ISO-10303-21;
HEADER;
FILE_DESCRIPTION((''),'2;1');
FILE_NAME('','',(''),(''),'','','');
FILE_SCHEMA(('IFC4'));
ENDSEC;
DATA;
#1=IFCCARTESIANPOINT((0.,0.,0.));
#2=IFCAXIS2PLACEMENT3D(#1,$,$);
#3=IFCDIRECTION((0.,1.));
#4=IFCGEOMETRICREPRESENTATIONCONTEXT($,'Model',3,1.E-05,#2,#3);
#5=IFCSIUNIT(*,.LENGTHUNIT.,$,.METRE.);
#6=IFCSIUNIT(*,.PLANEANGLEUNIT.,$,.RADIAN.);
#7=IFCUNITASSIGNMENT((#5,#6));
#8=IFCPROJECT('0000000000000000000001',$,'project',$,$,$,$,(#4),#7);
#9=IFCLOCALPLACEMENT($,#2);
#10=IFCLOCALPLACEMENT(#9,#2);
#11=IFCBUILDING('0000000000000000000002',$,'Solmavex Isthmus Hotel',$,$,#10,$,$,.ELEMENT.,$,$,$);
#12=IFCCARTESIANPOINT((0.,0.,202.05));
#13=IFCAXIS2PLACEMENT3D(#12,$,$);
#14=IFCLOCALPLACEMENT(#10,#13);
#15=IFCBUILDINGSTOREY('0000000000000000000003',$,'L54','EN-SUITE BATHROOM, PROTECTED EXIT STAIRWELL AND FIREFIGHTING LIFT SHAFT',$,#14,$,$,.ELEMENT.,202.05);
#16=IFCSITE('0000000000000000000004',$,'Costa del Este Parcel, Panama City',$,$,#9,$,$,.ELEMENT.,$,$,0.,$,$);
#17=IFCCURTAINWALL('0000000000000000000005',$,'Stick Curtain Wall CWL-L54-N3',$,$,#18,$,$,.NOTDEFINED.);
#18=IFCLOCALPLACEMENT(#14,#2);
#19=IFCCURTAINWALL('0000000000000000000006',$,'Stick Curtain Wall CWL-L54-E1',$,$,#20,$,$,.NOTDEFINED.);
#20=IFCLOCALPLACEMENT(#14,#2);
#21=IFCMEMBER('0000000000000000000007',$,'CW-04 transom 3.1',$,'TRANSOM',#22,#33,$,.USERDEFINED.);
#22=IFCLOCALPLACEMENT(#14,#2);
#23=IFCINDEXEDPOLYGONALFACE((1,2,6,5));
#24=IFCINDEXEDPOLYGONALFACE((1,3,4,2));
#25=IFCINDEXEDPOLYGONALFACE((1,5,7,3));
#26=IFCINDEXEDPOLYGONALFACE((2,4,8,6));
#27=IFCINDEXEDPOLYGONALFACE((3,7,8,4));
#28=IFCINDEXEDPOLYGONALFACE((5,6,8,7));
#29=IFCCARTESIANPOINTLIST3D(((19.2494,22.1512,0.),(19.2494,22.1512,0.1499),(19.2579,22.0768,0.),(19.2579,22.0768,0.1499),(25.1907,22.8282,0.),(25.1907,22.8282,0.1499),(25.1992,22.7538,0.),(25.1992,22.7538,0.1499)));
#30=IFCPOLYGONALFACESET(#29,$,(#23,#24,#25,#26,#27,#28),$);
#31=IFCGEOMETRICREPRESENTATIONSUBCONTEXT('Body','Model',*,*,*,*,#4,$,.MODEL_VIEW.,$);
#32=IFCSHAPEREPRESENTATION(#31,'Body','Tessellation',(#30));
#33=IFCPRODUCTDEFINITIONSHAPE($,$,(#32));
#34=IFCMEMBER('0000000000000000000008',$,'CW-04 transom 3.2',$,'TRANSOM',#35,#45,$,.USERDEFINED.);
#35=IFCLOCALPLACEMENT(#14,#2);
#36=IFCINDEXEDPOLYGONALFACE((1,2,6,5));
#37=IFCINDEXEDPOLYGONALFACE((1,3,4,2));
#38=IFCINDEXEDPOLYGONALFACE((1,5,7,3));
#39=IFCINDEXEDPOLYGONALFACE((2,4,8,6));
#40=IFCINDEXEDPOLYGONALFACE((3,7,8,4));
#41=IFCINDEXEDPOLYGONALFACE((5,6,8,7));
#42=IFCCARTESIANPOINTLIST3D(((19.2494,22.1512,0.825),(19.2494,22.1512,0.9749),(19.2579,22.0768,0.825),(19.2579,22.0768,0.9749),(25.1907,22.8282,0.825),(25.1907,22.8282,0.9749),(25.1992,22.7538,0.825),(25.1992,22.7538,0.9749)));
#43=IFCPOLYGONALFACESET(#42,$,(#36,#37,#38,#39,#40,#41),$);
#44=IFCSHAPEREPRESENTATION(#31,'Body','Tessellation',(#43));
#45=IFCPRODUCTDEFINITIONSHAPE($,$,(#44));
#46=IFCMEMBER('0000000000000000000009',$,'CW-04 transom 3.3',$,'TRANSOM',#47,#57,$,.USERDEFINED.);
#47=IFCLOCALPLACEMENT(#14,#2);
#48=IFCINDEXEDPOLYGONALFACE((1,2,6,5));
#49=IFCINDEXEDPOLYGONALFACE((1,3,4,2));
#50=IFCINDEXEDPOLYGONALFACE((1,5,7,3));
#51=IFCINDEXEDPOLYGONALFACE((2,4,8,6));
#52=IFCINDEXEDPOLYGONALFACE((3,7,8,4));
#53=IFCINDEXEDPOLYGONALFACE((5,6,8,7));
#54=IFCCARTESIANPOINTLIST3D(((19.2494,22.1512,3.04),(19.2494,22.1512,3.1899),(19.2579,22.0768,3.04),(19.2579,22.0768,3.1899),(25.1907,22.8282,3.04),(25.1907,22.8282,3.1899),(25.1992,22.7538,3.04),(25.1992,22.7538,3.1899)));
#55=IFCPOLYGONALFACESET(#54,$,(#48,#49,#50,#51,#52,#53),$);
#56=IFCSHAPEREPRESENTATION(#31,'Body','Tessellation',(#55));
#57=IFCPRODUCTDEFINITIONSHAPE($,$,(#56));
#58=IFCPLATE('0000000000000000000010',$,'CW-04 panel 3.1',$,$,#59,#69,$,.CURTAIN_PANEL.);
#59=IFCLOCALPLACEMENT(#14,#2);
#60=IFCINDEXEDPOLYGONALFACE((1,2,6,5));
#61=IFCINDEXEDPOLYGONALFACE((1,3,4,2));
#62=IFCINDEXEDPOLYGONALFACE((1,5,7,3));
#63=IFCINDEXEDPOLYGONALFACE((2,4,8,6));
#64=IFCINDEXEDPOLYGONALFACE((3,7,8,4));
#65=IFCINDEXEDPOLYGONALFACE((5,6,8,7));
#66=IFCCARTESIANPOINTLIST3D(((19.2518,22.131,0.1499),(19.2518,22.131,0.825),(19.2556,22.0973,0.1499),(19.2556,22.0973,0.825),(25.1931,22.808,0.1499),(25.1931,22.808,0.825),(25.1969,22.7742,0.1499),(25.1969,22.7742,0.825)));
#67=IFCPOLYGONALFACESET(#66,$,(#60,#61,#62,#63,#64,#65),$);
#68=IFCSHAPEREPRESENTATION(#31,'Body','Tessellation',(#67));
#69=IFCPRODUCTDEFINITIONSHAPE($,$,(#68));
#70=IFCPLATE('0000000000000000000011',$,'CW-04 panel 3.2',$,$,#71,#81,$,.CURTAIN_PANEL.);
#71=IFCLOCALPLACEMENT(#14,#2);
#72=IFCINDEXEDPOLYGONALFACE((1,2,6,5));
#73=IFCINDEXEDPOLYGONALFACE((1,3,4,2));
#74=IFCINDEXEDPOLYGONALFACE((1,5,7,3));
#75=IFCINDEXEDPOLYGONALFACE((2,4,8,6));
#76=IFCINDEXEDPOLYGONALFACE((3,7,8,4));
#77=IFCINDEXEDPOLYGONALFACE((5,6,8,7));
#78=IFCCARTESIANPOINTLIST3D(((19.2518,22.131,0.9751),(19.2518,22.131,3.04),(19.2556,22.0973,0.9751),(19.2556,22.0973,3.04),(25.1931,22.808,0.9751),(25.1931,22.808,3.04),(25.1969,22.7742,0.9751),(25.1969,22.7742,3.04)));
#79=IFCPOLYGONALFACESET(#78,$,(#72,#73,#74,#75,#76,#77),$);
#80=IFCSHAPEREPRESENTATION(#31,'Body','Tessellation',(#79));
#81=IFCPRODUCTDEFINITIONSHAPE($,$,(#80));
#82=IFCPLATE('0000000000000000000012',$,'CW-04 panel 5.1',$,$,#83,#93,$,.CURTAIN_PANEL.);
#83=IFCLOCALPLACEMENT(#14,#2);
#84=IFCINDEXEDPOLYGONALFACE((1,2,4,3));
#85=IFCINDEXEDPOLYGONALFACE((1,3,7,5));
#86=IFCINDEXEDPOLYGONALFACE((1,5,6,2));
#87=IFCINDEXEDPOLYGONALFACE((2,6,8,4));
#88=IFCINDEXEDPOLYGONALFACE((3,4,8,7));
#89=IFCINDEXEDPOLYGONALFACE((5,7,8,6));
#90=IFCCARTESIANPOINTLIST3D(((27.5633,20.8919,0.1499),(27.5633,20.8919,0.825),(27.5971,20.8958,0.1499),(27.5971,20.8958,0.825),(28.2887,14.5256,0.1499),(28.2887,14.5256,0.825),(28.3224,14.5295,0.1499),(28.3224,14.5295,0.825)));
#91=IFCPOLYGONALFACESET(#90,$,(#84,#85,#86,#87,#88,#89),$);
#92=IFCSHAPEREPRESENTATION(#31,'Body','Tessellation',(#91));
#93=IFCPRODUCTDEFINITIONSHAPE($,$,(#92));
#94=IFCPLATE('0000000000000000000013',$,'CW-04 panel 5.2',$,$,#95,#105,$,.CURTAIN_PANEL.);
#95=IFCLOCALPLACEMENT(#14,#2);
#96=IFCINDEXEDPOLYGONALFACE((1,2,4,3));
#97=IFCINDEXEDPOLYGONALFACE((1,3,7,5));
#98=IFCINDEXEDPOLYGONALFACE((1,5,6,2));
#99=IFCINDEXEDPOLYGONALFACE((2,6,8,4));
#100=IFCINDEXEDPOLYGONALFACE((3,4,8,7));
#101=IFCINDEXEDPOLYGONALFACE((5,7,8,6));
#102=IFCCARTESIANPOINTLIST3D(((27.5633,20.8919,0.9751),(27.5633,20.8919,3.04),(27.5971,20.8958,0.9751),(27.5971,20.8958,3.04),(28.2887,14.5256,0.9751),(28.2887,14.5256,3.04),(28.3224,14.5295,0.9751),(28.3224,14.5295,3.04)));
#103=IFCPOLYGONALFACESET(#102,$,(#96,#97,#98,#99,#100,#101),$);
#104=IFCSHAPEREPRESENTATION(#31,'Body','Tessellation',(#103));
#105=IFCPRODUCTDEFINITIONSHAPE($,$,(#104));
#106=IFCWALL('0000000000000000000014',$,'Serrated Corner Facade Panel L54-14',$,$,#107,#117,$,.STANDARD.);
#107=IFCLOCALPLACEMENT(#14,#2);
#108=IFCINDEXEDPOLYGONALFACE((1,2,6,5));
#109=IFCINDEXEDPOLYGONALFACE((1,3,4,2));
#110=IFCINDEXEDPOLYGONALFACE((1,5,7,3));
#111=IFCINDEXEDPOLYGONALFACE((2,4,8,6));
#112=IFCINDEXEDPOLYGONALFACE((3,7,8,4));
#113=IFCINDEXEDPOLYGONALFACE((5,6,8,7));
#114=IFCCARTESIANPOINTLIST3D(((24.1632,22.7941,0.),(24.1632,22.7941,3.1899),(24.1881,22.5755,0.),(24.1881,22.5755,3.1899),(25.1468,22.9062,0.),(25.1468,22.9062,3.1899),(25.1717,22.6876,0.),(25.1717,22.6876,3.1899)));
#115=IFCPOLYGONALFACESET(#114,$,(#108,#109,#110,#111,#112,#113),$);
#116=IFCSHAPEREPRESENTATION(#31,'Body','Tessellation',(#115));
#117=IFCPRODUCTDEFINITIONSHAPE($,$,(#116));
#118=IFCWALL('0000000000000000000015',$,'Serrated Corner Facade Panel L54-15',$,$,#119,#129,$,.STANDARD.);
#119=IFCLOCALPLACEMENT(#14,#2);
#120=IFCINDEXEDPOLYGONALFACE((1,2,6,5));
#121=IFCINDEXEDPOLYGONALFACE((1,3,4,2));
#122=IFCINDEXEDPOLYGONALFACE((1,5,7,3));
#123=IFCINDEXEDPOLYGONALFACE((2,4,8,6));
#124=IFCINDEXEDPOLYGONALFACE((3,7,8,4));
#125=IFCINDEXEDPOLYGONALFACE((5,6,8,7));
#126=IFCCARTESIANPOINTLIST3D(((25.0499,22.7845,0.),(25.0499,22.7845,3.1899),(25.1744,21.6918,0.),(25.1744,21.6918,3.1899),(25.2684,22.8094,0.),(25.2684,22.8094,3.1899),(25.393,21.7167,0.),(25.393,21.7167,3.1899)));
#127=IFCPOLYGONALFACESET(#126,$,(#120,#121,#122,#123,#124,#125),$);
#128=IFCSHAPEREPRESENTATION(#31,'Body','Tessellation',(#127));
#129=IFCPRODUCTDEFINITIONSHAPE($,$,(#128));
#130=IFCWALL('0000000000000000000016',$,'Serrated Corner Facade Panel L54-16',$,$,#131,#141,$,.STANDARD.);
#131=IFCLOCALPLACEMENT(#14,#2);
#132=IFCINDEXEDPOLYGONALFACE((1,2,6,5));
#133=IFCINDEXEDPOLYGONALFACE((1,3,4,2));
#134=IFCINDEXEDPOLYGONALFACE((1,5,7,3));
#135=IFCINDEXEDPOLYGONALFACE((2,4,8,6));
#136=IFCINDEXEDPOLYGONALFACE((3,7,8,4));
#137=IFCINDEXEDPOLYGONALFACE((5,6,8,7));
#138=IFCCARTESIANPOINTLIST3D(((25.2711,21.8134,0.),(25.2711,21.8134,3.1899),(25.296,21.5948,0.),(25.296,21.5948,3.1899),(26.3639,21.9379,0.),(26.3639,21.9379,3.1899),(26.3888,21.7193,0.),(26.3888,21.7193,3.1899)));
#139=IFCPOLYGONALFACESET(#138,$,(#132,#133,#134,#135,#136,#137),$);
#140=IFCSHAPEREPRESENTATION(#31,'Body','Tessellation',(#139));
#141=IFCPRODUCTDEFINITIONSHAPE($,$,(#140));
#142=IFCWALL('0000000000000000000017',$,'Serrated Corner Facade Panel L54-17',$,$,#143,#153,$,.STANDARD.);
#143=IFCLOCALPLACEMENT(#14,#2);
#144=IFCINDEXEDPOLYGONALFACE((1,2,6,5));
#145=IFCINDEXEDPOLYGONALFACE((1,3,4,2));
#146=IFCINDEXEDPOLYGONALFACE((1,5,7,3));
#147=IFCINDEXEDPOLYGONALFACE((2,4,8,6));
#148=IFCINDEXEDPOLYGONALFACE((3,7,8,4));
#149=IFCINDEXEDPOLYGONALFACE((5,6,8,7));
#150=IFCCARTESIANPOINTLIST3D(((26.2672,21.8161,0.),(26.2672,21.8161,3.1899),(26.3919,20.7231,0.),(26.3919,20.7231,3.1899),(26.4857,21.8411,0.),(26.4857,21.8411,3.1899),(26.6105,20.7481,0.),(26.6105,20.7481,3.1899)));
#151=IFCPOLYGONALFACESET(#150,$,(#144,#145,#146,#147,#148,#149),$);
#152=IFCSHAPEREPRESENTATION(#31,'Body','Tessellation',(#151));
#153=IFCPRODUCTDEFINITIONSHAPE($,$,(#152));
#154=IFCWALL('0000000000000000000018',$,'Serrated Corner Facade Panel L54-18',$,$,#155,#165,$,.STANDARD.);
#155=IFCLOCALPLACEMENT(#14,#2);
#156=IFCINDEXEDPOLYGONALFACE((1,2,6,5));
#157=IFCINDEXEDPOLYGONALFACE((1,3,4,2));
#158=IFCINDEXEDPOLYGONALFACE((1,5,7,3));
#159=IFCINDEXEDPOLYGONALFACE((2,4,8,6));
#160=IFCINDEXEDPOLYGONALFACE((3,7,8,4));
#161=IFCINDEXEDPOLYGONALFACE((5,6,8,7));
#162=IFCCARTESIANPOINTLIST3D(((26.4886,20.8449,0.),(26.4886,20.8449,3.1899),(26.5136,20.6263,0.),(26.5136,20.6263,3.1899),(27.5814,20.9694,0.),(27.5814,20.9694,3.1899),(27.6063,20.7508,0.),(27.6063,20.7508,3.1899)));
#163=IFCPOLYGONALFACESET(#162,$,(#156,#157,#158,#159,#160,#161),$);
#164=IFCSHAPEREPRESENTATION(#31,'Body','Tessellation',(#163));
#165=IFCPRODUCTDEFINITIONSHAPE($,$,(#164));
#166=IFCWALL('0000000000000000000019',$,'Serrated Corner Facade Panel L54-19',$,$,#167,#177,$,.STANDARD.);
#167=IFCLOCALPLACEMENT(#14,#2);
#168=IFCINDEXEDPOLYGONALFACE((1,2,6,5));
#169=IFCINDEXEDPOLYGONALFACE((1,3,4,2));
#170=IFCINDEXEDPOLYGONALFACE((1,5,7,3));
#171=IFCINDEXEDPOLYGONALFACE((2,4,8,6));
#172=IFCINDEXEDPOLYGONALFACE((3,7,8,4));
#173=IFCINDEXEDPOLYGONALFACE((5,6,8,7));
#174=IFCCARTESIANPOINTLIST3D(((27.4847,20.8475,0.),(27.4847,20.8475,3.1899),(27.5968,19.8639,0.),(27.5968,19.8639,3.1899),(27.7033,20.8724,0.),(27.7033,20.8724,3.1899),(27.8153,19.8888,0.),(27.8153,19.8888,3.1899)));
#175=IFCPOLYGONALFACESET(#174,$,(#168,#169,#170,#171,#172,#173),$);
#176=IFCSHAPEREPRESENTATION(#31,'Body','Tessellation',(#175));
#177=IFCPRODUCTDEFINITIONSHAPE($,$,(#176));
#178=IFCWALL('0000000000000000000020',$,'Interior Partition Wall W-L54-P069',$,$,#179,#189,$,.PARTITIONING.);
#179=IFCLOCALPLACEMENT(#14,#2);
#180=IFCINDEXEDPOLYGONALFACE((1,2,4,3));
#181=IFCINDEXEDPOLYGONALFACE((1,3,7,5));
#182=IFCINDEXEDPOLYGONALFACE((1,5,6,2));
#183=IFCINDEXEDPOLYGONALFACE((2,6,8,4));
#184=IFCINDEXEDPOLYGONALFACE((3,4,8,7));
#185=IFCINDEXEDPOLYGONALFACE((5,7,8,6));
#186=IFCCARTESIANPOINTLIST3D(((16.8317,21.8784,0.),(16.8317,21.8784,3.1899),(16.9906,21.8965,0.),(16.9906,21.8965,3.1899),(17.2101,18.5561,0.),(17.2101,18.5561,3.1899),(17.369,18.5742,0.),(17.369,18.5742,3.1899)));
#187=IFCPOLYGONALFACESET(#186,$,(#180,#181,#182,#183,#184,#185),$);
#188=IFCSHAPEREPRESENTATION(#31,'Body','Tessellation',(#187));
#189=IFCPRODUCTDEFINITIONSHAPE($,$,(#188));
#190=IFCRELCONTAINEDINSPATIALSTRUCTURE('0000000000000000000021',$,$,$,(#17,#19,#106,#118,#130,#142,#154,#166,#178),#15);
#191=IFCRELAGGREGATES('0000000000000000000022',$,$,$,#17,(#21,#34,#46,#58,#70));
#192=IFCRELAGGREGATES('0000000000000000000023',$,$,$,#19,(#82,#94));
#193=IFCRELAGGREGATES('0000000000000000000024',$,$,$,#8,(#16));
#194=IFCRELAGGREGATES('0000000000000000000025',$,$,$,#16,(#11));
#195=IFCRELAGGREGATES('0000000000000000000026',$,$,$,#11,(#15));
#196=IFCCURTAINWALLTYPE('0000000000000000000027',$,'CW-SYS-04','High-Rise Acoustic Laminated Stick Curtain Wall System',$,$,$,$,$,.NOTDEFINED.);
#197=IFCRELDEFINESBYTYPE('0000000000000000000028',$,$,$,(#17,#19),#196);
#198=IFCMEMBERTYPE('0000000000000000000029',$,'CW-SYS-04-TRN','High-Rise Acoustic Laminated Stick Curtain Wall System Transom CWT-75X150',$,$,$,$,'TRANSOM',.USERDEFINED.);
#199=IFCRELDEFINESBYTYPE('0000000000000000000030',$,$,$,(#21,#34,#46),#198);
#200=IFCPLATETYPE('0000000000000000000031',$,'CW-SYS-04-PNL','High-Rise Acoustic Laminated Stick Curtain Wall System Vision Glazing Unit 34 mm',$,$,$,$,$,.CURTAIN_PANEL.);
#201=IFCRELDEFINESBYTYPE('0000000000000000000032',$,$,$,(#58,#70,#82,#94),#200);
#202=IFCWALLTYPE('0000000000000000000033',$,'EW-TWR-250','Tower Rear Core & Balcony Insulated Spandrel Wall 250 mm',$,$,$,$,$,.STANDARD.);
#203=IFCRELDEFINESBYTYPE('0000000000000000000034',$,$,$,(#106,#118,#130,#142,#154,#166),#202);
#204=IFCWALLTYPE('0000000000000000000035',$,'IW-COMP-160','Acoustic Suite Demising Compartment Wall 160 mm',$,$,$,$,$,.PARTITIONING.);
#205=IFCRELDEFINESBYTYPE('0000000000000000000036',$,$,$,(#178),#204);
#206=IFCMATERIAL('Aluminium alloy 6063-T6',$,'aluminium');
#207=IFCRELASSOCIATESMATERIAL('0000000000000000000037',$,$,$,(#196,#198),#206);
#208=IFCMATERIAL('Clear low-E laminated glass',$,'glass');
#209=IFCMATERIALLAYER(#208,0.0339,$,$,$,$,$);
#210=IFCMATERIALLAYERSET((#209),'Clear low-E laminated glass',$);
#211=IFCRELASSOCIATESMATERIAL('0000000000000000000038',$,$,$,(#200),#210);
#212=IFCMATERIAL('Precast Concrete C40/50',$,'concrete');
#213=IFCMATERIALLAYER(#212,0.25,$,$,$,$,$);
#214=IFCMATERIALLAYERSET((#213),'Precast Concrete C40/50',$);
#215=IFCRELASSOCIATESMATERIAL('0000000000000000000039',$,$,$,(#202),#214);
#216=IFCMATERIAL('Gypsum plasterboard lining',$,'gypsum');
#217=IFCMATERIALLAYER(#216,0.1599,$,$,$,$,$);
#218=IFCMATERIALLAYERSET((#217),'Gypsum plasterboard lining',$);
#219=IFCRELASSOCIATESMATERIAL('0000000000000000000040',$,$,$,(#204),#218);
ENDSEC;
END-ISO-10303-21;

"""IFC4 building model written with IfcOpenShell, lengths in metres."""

from ifc_helpers import new_model, si_unit, direction, frame, frame_2d, origin, origin_2d, place, context, subcontext, project, spatial, rectangle, extrude, material, layer, layer_set, material_profile, profile_set, type_object, element, aggregate, save


model = new_model("IFC4")

# Units and contexts
model_context = context("Model", 3, precision=1e-05, world=origin(), true_north=direction((0.0, 1.0)))
body_context = subcontext(model_context, "Body", "Model", "MODEL_VIEW")
ifc_project = project(units=[si_unit("LENGTHUNIT", "METRE"), si_unit("PLANEANGLEUNIT", "RADIAN")], contexts=[model_context])

# Site, building, storey
site_placement = place(None, origin())
site = spatial("IfcSite", under=ifc_project, at=site_placement, Name="Costa del Este Parcel, Panama City", CompositionType="ELEMENT", RefElevation=0.0)
building_placement = place(site_placement, origin())
building = spatial("IfcBuilding", under=site, at=building_placement, Name="Solmavex Isthmus Hotel", CompositionType="ELEMENT")
storey_placement = place(building_placement, frame((0.0, 0.0, 202.05)))
storey = spatial("IfcBuildingStorey", under=building, at=storey_placement, Name="L54", Description="EN-SUITE BATHROOM, PROTECTED EXIT STAIRWELL AND FIREFIGHTING LIFT SHAFT", CompositionType="ELEMENT", Elevation=202.05)

# Curtain wall
ifc_material_1 = material(Name="Aluminium alloy 6063-T6", Category="aluminium")
curtain_wall_type = type_object("IfcCurtainWallType", Name="CW-SYS-04", Description="High-Rise Acoustic Laminated Stick Curtain Wall System", PredefinedType="NOTDEFINED", material=ifc_material_1)
curtain_wall_1_placement = place(storey_placement, origin())
curtain_wall_1 = element("IfcCurtainWall", 1, at=curtain_wall_1_placement, inside=storey, type_object=curtain_wall_type, Name="Stick Curtain Wall CWL-L54-N3", PredefinedType="NOTDEFINED")

# Curtain wall
curtain_wall_2_placement = place(storey_placement, origin())
curtain_wall_2 = element("IfcCurtainWall", 2, at=curtain_wall_2_placement, inside=storey, type_object=curtain_wall_type, Name="Stick Curtain Wall CWL-L54-E1", PredefinedType="NOTDEFINED")

# Members
ifc_material_profile_1 = material_profile(ifc_material_1, rectangle(XDim=0.075, YDim=0.1499, at=origin_2d()), Name="CWT-75X150")
ifc_profile_set_1 = profile_set([ifc_material_profile_1], Name="Aluminium alloy 6063-T6")
member_type_1 = type_object("IfcMemberType", Name="CW-SYS-04-TRN", Description="High-Rise Acoustic Laminated Stick Curtain Wall System Transom CWT-75X150", ElementType="TRANSOM", PredefinedType="USERDEFINED", material=ifc_profile_set_1)
member_1_placement = place(storey_placement, frame((19.2537, 22.114, 0.075), z_axis=(0.993571, 0.113214, 0.0), x_axis=(-0.113214, 0.993571, 0.0)))
member_1 = element("IfcMember", 3, at=member_1_placement, type_object=member_type_1, Name="CW-04 transom 3.1", ObjectType="TRANSOM", PredefinedType="USERDEFINED", context=body_context, shape_type="SweptSolid", body=[
    extrude(rectangle(XDim=0.075, YDim=0.1499, at=origin_2d()), origin(), (0.0, 0.0, 1.0), 5.9797),
])
member_2_placement = place(storey_placement, frame((19.2537, 22.114, 0.8999), z_axis=(0.993571, 0.113214, 0.0), x_axis=(-0.113214, 0.993571, 0.0)))
member_2 = element("IfcMember", 4, at=member_2_placement, type_object=member_type_1, Name="CW-04 transom 3.2", ObjectType="TRANSOM", PredefinedType="USERDEFINED", context=body_context, shape_type="SweptSolid", body=[
    extrude(rectangle(XDim=0.075, YDim=0.1499, at=origin_2d()), origin(), (0.0, 0.0, 1.0), 5.9797),
])
member_3_placement = place(storey_placement, frame((19.2537, 22.114, 3.115), z_axis=(0.993571, 0.113214, 0.0), x_axis=(-0.113214, 0.993571, 0.0)))
member_3 = element("IfcMember", 5, at=member_3_placement, type_object=member_type_1, Name="CW-04 transom 3.3", ObjectType="TRANSOM", PredefinedType="USERDEFINED", context=body_context, shape_type="SweptSolid", body=[
    extrude(rectangle(XDim=0.075, YDim=0.1499, at=origin_2d()), origin(), (0.0, 0.0, 1.0), 5.9797),
])

# Plates
ifc_material_2 = material(Name="Clear low-E laminated glass", Category="glass")
ifc_layer_1 = layer(ifc_material_2, 0.0339)
ifc_layer_set_1 = layer_set([ifc_layer_1], Name="Clear low-E laminated glass")
plate_type = type_object("IfcPlateType", Name="CW-SYS-04-PNL", Description="High-Rise Acoustic Laminated Stick Curtain Wall System Vision Glazing Unit 34 mm", PredefinedType="CURTAIN_PANEL", material=ifc_layer_set_1)
plate_1_placement = place(storey_placement, frame((22.2244, 22.4526, 0.1499), z_axis=(0.0, 0.0, 1.0), x_axis=(0.993572, 0.113203, 0.0)))
plate_1 = element("IfcPlate", 6, at=plate_1_placement, type_object=plate_type, Name="CW-04 panel 3.1", PredefinedType="CURTAIN_PANEL", context=body_context, shape_type="SweptSolid", body=[
    extrude(rectangle(XDim=5.9797, YDim=0.0339, at=origin_2d()), origin(), (0.0, 0.0, 1.0), 0.675),
])
plate_2_placement = place(storey_placement, frame((22.2244, 22.4526, 0.9751), z_axis=(0.0, 0.0, 1.0), x_axis=(0.993572, 0.113203, 0.0)))
plate_2 = element("IfcPlate", 7, at=plate_2_placement, type_object=plate_type, Name="CW-04 panel 3.2", PredefinedType="CURTAIN_PANEL", context=body_context, shape_type="SweptSolid", body=[
    extrude(rectangle(XDim=5.9797, YDim=0.0339, at=origin_2d()), origin(), (0.0, 0.0, 1.0), 2.0649),
])
aggregate(curtain_wall_1, [member_1, member_2, member_3, plate_1, plate_2])
plate_3_placement = place(storey_placement, frame((27.9429, 17.7107, 0.1499), z_axis=(0.0, 0.0, 1.0), x_axis=(-0.113203, 0.993572, 0.0)))
plate_3 = element("IfcPlate", 8, at=plate_3_placement, type_object=plate_type, Name="CW-04 panel 5.1", PredefinedType="CURTAIN_PANEL", context=body_context, shape_type="SweptSolid", body=[
    extrude(rectangle(XDim=6.4075, YDim=0.0339, at=origin_2d()), origin(), (0.0, 0.0, 1.0), 0.675),
])
plate_4_placement = place(storey_placement, frame((27.9429, 17.7107, 0.9751), z_axis=(0.0, 0.0, 1.0), x_axis=(-0.113203, 0.993572, 0.0)))
plate_4 = element("IfcPlate", 9, at=plate_4_placement, type_object=plate_type, Name="CW-04 panel 5.2", PredefinedType="CURTAIN_PANEL", context=body_context, shape_type="SweptSolid", body=[
    extrude(rectangle(XDim=6.4075, YDim=0.0339, at=origin_2d()), origin(), (0.0, 0.0, 1.0), 2.0649),
])
aggregate(curtain_wall_2, [plate_3, plate_4])

# Walls
ifc_material_3 = material(Name="Precast Concrete C40/50", Category="concrete")
ifc_layer_2 = layer(ifc_material_3, 0.25)
ifc_layer_set_2 = layer_set([ifc_layer_2], Name="Precast Concrete C40/50")
wall_type_1 = type_object("IfcWallType", Name="EW-TWR-250", Description="Tower Rear Core & Balcony Insulated Spandrel Wall 250 mm", PredefinedType="STANDARD", material=ifc_layer_set_2)
wall_1_placement = place(storey_placement, frame((24.1755, 22.6848, 0.0), z_axis=(0.0, 0.0, 1.0), x_axis=(0.993573, 0.113192, 0.0)))
element("IfcWall", 10, at=wall_1_placement, inside=storey, type_object=wall_type_1, Name="Serrated Corner Facade Panel L54-14", PredefinedType="STANDARD", context=body_context, shape_type="SweptSolid", body=[
    extrude(rectangle(XDim=0.99, YDim=0.22, at=frame_2d((0.4951, 0.0))), origin(), (0.0, 0.0, 1.0), 3.1899),
])
for number, where, z_axis, x_axis, name in (
    (11, (25.1592, 22.7969, 0.0), (0.0, 0.0, 1.0), (0.113209, -0.993571, 0.0), "Serrated Corner Facade Panel L54-15"),
    (12, (25.2837, 21.7041, 0.0), (0.0, 0.0, 1.0), (0.993571, 0.113209, 0.0), "Serrated Corner Facade Panel L54-16"),
):
    element("IfcWall", number, at=place(storey_placement, frame(where, z_axis=z_axis, x_axis=x_axis)), inside=storey, type_object=wall_type_1, Name=name, PredefinedType="STANDARD", context=body_context, shape_type="SweptSolid", body=[
        extrude(rectangle(XDim=1.0999, YDim=0.22, at=frame_2d((0.5498, 0.0))), origin(), (0.0, 0.0, 1.0), 3.1899),
    ])
wall_2_placement = place(storey_placement, frame((26.3765, 21.8286, 0.0), z_axis=(0.0, 0.0, 1.0), x_axis=(0.113403, -0.993549, 0.0)))
element("IfcWall", 13, at=wall_2_placement, inside=storey, type_object=wall_type_1, Name="Serrated Corner Facade Panel L54-17", PredefinedType="STANDARD", context=body_context, shape_type="SweptSolid", body=[
    extrude(rectangle(XDim=1.1001, YDim=0.22, at=frame_2d((0.55, 0.0))), origin(), (0.0, 0.0, 1.0), 3.1899),
])
wall_3_placement = place(storey_placement, frame((26.5012, 20.7356, 0.0), z_axis=(0.0, 0.0, 1.0), x_axis=(0.993571, 0.113209, 0.0)))
element("IfcWall", 14, at=wall_3_placement, inside=storey, type_object=wall_type_1, Name="Serrated Corner Facade Panel L54-18", PredefinedType="STANDARD", context=body_context, shape_type="SweptSolid", body=[
    extrude(rectangle(XDim=1.0999, YDim=0.22, at=frame_2d((0.5498, 0.0))), origin(), (0.0, 0.0, 1.0), 3.1899),
])
wall_4_placement = place(storey_placement, frame((27.594, 20.8601, 0.0), z_axis=(0.0, 0.0, 1.0), x_axis=(0.113192, -0.993573, 0.0)))
element("IfcWall", 15, at=wall_4_placement, inside=storey, type_object=wall_type_1, Name="Serrated Corner Facade Panel L54-19", PredefinedType="STANDARD", context=body_context, shape_type="SweptSolid", body=[
    extrude(rectangle(XDim=0.99, YDim=0.22, at=frame_2d((0.4951, 0.0))), origin(), (0.0, 0.0, 1.0), 3.1899),
])
ifc_material_4 = material(Name="Gypsum plasterboard lining", Category="gypsum")
ifc_layer_3 = layer(ifc_material_4, 0.1599)
ifc_layer_set_3 = layer_set([ifc_layer_3], Name="Gypsum plasterboard lining")
wall_type_2 = type_object("IfcWallType", Name="IW-COMP-160", Description="Acoustic Suite Demising Compartment Wall 160 mm", PredefinedType="PARTITIONING", material=ifc_layer_set_3)
wall_5_placement = place(storey_placement, frame((16.9111, 21.8875, 0.0), z_axis=(0.0, 0.0, 1.0), x_axis=(0.113172, -0.993575, 0.0)))
element("IfcWall", 16, at=wall_5_placement, inside=storey, type_object=wall_type_2, Name="Interior Partition Wall W-L54-P069", PredefinedType="PARTITIONING", context=body_context, shape_type="SweptSolid", body=[
    extrude(rectangle(XDim=3.3438, YDim=0.1599, at=frame_2d((1.6719, 0.0))), origin(), (0.0, 0.0, 1.0), 3.1899),
])

save(model, "model.ifc")
